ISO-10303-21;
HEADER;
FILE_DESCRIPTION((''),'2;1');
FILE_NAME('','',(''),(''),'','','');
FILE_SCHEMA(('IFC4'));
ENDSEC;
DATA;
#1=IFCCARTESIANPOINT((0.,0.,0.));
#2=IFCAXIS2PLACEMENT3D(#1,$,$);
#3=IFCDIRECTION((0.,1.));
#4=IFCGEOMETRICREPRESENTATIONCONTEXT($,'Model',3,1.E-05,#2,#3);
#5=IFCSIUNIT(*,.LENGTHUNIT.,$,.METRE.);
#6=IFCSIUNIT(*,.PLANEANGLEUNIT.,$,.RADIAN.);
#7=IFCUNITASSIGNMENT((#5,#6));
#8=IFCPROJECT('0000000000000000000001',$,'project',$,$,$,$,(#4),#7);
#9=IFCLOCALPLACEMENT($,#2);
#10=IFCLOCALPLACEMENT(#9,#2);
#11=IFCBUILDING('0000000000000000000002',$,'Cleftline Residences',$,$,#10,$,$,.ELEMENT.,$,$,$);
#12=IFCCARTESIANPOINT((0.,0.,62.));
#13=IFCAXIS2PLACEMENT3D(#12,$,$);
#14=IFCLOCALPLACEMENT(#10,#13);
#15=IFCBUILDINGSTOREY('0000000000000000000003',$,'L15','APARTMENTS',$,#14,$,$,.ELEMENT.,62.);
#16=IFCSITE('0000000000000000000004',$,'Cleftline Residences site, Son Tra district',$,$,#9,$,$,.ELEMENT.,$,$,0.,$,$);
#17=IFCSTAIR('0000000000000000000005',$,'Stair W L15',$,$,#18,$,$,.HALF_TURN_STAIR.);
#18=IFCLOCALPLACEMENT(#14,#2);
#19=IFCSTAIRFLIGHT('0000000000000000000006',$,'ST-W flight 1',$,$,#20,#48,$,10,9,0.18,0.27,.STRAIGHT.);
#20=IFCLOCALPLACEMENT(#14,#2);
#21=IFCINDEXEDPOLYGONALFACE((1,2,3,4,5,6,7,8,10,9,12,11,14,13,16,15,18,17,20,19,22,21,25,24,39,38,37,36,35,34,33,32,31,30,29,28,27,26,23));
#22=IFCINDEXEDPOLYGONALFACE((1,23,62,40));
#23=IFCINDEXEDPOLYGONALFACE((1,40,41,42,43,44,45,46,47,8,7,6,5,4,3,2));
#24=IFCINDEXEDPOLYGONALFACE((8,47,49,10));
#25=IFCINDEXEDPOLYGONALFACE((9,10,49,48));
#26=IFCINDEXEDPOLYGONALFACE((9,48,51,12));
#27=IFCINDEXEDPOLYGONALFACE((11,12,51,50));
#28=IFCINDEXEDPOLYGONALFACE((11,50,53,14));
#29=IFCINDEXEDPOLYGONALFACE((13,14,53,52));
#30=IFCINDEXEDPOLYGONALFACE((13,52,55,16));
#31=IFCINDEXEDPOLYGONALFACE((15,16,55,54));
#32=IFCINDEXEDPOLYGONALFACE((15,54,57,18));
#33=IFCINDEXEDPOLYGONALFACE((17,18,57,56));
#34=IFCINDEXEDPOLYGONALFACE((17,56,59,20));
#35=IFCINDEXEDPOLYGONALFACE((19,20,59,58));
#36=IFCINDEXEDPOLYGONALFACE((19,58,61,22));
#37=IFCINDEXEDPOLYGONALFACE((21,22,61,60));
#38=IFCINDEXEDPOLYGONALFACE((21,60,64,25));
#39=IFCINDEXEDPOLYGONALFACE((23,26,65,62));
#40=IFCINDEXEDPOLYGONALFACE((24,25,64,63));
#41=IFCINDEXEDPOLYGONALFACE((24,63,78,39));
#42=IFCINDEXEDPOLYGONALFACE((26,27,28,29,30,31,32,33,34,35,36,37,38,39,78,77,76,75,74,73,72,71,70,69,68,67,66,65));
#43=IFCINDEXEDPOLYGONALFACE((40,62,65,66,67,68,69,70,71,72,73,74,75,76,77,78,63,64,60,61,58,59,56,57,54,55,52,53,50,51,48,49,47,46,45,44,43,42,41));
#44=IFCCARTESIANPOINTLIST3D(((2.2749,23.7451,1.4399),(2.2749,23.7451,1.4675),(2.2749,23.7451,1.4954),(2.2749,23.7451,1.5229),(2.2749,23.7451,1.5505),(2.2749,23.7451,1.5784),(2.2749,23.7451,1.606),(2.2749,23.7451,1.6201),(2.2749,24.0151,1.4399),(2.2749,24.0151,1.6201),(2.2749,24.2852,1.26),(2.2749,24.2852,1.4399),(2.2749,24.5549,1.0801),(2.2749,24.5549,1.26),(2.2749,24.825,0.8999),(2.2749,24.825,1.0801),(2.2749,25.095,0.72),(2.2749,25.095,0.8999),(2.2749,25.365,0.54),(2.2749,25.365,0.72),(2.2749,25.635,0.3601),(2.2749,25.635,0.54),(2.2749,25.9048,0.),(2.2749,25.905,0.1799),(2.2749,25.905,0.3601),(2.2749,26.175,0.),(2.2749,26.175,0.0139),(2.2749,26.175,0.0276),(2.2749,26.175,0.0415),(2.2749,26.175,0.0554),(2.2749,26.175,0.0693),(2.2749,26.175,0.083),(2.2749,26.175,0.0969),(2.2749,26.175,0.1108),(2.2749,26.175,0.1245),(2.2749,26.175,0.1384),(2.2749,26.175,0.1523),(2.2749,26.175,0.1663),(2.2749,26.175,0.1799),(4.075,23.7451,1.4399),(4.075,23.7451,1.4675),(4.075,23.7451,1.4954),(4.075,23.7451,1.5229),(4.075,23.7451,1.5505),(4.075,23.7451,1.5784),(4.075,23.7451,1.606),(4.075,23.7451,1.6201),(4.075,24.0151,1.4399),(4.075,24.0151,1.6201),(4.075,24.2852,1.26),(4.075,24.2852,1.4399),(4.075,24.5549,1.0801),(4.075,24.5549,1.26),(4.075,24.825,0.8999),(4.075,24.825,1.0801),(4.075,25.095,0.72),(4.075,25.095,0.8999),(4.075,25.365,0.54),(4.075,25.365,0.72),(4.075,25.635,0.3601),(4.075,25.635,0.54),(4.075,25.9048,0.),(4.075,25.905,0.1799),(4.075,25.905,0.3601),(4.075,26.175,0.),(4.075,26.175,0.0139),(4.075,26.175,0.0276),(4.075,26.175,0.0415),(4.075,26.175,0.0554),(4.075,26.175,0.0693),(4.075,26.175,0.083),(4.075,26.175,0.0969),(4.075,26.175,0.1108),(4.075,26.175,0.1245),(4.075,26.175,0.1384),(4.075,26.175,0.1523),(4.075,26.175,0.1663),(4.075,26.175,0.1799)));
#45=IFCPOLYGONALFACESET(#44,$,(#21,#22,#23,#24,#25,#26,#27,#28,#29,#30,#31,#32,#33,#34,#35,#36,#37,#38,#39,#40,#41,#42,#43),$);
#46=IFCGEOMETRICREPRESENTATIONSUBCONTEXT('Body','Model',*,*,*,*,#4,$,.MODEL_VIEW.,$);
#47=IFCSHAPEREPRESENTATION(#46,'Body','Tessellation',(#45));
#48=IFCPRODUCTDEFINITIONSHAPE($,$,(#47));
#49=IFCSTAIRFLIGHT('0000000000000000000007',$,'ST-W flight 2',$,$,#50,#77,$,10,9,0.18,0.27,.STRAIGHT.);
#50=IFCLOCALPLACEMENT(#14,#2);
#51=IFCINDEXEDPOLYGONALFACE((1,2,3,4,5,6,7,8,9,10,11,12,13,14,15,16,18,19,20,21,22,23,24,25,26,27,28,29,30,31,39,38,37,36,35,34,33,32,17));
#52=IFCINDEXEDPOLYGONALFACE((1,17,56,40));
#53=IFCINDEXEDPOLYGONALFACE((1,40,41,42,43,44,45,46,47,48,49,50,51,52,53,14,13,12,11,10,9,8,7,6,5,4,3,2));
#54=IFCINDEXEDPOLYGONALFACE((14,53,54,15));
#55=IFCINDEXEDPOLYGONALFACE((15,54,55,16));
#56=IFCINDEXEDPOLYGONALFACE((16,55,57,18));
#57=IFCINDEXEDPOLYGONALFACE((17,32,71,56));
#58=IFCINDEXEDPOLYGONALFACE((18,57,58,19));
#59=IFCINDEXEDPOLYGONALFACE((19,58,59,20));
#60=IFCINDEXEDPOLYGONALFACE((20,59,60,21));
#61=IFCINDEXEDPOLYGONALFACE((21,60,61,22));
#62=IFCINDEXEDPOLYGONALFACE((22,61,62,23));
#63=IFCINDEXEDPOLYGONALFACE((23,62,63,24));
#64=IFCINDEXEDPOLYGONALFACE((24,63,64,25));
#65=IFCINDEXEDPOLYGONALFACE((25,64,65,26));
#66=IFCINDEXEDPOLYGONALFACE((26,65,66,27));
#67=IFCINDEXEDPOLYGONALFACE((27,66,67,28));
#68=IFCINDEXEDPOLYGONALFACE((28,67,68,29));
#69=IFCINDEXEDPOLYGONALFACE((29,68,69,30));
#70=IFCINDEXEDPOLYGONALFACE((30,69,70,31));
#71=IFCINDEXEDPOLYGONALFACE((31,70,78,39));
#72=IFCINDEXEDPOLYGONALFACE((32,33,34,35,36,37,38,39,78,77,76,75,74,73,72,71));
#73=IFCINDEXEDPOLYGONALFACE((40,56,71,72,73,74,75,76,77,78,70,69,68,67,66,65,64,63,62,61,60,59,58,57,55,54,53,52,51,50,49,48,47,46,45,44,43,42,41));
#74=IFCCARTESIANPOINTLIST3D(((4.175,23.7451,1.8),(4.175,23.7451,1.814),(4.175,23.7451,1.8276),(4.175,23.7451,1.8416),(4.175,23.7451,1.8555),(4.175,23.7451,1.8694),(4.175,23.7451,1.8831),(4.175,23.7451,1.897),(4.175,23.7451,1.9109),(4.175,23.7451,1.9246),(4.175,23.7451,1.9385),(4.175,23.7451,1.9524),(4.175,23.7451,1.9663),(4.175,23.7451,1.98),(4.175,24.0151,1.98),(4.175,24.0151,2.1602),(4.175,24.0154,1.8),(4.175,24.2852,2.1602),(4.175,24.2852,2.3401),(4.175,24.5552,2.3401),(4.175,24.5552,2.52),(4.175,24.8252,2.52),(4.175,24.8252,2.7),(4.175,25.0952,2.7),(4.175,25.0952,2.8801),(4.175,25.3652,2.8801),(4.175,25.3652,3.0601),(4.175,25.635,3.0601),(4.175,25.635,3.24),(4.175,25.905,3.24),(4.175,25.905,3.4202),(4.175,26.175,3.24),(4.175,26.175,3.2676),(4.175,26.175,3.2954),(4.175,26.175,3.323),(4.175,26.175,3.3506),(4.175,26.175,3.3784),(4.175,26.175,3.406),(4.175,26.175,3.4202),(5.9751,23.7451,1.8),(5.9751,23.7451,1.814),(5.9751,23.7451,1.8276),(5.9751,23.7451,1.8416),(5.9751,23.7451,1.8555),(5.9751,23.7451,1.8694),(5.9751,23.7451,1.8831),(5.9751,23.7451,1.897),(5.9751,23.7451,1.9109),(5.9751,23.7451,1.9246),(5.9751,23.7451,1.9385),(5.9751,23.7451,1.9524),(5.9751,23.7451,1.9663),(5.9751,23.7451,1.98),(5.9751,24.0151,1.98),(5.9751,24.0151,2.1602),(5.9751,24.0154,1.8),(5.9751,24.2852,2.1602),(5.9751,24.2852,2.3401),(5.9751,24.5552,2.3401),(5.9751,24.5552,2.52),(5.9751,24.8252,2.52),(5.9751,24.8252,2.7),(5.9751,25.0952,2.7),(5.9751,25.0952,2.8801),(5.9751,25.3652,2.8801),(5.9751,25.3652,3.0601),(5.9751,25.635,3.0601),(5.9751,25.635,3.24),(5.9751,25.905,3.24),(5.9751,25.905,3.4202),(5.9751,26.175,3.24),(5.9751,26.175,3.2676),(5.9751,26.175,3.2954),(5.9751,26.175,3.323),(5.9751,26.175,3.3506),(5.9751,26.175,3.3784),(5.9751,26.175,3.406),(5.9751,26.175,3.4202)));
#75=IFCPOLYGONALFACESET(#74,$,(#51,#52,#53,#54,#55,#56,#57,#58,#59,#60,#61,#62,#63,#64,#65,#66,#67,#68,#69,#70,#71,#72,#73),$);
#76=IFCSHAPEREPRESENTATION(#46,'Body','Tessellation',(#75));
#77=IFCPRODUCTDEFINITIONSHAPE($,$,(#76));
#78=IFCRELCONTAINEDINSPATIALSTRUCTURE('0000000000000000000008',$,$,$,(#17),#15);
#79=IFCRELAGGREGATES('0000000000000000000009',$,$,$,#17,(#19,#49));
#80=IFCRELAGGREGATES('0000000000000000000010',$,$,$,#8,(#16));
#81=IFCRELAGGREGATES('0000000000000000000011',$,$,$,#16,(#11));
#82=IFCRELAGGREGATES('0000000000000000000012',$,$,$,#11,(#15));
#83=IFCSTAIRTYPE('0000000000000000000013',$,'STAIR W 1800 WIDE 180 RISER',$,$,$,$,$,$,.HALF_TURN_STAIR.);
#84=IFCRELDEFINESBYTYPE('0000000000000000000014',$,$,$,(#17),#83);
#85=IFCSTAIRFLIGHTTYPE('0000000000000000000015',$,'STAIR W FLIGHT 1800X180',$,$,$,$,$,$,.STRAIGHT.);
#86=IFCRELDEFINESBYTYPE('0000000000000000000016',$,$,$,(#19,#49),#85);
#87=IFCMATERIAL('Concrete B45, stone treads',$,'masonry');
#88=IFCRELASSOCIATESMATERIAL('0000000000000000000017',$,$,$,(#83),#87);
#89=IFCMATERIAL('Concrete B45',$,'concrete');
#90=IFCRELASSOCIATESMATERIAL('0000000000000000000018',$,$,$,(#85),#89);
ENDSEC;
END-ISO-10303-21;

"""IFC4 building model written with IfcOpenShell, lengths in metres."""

from ifc_helpers import new_model, si_unit, direction, frame, origin, place, context, subcontext, project, spatial, polyline, outline, extrude, material, type_object, element, aggregate, save


model = new_model("IFC4")

# Units and contexts
model_context = context("Model", 3, precision=1e-05, world=origin(), true_north=direction((0.0, 1.0)))
body_context = subcontext(model_context, "Body", "Model", "MODEL_VIEW")
ifc_project = project(units=[si_unit("LENGTHUNIT", "METRE"), si_unit("PLANEANGLEUNIT", "RADIAN")], contexts=[model_context])

# Site, building, storey
site_placement = place(None, origin())
site = spatial("IfcSite", under=ifc_project, at=site_placement, Name="Cleftline Residences site, Son Tra district", CompositionType="ELEMENT", RefElevation=0.0)
building_placement = place(site_placement, origin())
building = spatial("IfcBuilding", under=site, at=building_placement, Name="Cleftline Residences", CompositionType="ELEMENT")
storey_placement = place(building_placement, frame((0.0, 0.0, 62.0)))
storey = spatial("IfcBuildingStorey", under=building, at=storey_placement, Name="L15", Description="APARTMENTS", CompositionType="ELEMENT", Elevation=62.0)

# Stair, stair flights
ifc_material_1 = material(Name="Concrete B45, stone treads", Category="masonry")
stair_type = type_object("IfcStairType", Name="STAIR W 1800 WIDE 180 RISER", PredefinedType="HALF_TURN_STAIR", material=ifc_material_1)
stair_placement = place(storey_placement, origin())
stair = element("IfcStair", 1, at=stair_placement, inside=storey, type_object=stair_type, Name="Stair W L15", PredefinedType="HALF_TURN_STAIR")
ifc_material_2 = material(Name="Concrete B45", Category="concrete")
stair_flight_type = type_object("IfcStairFlightType", Name="STAIR W FLIGHT 1800X180", PredefinedType="STRAIGHT", material=ifc_material_2)
stair_flight_1_placement = place(storey_placement, frame((3.175, 26.175, 0.0), z_axis=(0.0, 0.0, 1.0), x_axis=(0.0, -1.0, 0.0)))
stair_flight_1 = element("IfcStairFlight", 2, at=stair_flight_1_placement, type_object=stair_flight_type, Name="ST-W flight 1", NumberOfRisers=10, NumberOfTreads=9, PredefinedType="STRAIGHT", RiserHeight=0.18, TreadLength=0.27, context=body_context, shape_type="SweptSolid", body=[
    extrude(outline(polyline([(0.0, 0.0), (0.0, 0.0139), (0.0, 0.0276), (0.0, 0.0415), (0.0, 0.0554), (0.0, 0.0693), (0.0, 0.083), (0.0, 0.0969), (0.0, 0.1108), (0.0, 0.1245), (0.0, 0.1384), (0.0, 0.1523), (0.0, 0.1663), (0.0, 0.1799), (0.27, 0.1799), (0.27, 0.3601), (0.54, 0.3601), (0.54, 0.54), (0.8101, 0.54), (0.8101, 0.72), (1.0801, 0.72), (1.0801, 0.8999), (1.3501, 0.8999), (1.3501, 1.0801), (1.6201, 1.0801), (1.6201, 1.26), (1.8899, 1.26), (1.8899, 1.4399), (2.1599, 1.4399), (2.1599, 1.6201), (2.4299, 1.6201), (2.4299, 1.8), (2.4299, 1.7722), (2.4299, 1.7446), (2.4299, 1.7168), (2.4299, 1.6892), (2.4299, 1.6614), (2.4299, 1.6338), (2.4299, 1.606), (2.4299, 1.5784), (2.4299, 1.5505), (2.4299, 1.5229), (2.4299, 1.4954), (2.4299, 1.4675), (2.4299, 1.4399), (0.2703, 0.0), (0.0, 0.0)])), frame((0.0, 0.8999, 0.0), z_axis=(0.0, -1.0, 0.0), x_axis=(1.0, 0.0, 0.0)), (0.0, 0.0, 1.0), 1.8),
])
stair_flight_2_placement = place(storey_placement, frame((5.075, 23.7451, 1.8), z_axis=(0.0, 0.0, 1.0), x_axis=(0.0, 1.0, 0.0)))
stair_flight_2 = element("IfcStairFlight", 3, at=stair_flight_2_placement, type_object=stair_flight_type, Name="ST-W flight 2", NumberOfRisers=10, NumberOfTreads=9, PredefinedType="STRAIGHT", RiserHeight=0.18, TreadLength=0.27, context=body_context, shape_type="SweptSolid", body=[
    extrude(outline(polyline([(0.0, 0.0), (0.0, 0.0139), (0.0, 0.0276), (0.0, 0.0415), (0.0, 0.0554), (0.0, 0.0693), (0.0, 0.083), (0.0, 0.0969), (0.0, 0.1108), (0.0, 0.1245), (0.0, 0.1384), (0.0, 0.1523), (0.0, 0.1663), (0.0, 0.1799), (0.27, 0.1799), (0.27, 0.3601), (0.54, 0.3601), (0.54, 0.54), (0.8101, 0.54), (0.8101, 0.72), (1.0801, 0.72), (1.0801, 0.8999), (1.3501, 0.8999), (1.3501, 1.0801), (1.6201, 1.0801), (1.6201, 1.26), (1.8899, 1.26), (1.8899, 1.4399), (2.1599, 1.4399), (2.1599, 1.6201), (2.4299, 1.6201), (2.4299, 1.8), (2.4299, 1.7722), (2.4299, 1.7446), (2.4299, 1.7168), (2.4299, 1.6892), (2.4299, 1.6614), (2.4299, 1.6338), (2.4299, 1.606), (2.4299, 1.5784), (2.4299, 1.5505), (2.4299, 1.5229), (2.4299, 1.4954), (2.4299, 1.4675), (2.4299, 1.4399), (0.2703, 0.0), (0.0, 0.0)])), frame((0.0, 0.8999, 0.0), z_axis=(0.0, -1.0, 0.0), x_axis=(1.0, 0.0, 0.0)), (0.0, 0.0, 1.0), 1.8),
])
aggregate(stair, [stair_flight_1, stair_flight_2])

save(model, "model.ifc")
